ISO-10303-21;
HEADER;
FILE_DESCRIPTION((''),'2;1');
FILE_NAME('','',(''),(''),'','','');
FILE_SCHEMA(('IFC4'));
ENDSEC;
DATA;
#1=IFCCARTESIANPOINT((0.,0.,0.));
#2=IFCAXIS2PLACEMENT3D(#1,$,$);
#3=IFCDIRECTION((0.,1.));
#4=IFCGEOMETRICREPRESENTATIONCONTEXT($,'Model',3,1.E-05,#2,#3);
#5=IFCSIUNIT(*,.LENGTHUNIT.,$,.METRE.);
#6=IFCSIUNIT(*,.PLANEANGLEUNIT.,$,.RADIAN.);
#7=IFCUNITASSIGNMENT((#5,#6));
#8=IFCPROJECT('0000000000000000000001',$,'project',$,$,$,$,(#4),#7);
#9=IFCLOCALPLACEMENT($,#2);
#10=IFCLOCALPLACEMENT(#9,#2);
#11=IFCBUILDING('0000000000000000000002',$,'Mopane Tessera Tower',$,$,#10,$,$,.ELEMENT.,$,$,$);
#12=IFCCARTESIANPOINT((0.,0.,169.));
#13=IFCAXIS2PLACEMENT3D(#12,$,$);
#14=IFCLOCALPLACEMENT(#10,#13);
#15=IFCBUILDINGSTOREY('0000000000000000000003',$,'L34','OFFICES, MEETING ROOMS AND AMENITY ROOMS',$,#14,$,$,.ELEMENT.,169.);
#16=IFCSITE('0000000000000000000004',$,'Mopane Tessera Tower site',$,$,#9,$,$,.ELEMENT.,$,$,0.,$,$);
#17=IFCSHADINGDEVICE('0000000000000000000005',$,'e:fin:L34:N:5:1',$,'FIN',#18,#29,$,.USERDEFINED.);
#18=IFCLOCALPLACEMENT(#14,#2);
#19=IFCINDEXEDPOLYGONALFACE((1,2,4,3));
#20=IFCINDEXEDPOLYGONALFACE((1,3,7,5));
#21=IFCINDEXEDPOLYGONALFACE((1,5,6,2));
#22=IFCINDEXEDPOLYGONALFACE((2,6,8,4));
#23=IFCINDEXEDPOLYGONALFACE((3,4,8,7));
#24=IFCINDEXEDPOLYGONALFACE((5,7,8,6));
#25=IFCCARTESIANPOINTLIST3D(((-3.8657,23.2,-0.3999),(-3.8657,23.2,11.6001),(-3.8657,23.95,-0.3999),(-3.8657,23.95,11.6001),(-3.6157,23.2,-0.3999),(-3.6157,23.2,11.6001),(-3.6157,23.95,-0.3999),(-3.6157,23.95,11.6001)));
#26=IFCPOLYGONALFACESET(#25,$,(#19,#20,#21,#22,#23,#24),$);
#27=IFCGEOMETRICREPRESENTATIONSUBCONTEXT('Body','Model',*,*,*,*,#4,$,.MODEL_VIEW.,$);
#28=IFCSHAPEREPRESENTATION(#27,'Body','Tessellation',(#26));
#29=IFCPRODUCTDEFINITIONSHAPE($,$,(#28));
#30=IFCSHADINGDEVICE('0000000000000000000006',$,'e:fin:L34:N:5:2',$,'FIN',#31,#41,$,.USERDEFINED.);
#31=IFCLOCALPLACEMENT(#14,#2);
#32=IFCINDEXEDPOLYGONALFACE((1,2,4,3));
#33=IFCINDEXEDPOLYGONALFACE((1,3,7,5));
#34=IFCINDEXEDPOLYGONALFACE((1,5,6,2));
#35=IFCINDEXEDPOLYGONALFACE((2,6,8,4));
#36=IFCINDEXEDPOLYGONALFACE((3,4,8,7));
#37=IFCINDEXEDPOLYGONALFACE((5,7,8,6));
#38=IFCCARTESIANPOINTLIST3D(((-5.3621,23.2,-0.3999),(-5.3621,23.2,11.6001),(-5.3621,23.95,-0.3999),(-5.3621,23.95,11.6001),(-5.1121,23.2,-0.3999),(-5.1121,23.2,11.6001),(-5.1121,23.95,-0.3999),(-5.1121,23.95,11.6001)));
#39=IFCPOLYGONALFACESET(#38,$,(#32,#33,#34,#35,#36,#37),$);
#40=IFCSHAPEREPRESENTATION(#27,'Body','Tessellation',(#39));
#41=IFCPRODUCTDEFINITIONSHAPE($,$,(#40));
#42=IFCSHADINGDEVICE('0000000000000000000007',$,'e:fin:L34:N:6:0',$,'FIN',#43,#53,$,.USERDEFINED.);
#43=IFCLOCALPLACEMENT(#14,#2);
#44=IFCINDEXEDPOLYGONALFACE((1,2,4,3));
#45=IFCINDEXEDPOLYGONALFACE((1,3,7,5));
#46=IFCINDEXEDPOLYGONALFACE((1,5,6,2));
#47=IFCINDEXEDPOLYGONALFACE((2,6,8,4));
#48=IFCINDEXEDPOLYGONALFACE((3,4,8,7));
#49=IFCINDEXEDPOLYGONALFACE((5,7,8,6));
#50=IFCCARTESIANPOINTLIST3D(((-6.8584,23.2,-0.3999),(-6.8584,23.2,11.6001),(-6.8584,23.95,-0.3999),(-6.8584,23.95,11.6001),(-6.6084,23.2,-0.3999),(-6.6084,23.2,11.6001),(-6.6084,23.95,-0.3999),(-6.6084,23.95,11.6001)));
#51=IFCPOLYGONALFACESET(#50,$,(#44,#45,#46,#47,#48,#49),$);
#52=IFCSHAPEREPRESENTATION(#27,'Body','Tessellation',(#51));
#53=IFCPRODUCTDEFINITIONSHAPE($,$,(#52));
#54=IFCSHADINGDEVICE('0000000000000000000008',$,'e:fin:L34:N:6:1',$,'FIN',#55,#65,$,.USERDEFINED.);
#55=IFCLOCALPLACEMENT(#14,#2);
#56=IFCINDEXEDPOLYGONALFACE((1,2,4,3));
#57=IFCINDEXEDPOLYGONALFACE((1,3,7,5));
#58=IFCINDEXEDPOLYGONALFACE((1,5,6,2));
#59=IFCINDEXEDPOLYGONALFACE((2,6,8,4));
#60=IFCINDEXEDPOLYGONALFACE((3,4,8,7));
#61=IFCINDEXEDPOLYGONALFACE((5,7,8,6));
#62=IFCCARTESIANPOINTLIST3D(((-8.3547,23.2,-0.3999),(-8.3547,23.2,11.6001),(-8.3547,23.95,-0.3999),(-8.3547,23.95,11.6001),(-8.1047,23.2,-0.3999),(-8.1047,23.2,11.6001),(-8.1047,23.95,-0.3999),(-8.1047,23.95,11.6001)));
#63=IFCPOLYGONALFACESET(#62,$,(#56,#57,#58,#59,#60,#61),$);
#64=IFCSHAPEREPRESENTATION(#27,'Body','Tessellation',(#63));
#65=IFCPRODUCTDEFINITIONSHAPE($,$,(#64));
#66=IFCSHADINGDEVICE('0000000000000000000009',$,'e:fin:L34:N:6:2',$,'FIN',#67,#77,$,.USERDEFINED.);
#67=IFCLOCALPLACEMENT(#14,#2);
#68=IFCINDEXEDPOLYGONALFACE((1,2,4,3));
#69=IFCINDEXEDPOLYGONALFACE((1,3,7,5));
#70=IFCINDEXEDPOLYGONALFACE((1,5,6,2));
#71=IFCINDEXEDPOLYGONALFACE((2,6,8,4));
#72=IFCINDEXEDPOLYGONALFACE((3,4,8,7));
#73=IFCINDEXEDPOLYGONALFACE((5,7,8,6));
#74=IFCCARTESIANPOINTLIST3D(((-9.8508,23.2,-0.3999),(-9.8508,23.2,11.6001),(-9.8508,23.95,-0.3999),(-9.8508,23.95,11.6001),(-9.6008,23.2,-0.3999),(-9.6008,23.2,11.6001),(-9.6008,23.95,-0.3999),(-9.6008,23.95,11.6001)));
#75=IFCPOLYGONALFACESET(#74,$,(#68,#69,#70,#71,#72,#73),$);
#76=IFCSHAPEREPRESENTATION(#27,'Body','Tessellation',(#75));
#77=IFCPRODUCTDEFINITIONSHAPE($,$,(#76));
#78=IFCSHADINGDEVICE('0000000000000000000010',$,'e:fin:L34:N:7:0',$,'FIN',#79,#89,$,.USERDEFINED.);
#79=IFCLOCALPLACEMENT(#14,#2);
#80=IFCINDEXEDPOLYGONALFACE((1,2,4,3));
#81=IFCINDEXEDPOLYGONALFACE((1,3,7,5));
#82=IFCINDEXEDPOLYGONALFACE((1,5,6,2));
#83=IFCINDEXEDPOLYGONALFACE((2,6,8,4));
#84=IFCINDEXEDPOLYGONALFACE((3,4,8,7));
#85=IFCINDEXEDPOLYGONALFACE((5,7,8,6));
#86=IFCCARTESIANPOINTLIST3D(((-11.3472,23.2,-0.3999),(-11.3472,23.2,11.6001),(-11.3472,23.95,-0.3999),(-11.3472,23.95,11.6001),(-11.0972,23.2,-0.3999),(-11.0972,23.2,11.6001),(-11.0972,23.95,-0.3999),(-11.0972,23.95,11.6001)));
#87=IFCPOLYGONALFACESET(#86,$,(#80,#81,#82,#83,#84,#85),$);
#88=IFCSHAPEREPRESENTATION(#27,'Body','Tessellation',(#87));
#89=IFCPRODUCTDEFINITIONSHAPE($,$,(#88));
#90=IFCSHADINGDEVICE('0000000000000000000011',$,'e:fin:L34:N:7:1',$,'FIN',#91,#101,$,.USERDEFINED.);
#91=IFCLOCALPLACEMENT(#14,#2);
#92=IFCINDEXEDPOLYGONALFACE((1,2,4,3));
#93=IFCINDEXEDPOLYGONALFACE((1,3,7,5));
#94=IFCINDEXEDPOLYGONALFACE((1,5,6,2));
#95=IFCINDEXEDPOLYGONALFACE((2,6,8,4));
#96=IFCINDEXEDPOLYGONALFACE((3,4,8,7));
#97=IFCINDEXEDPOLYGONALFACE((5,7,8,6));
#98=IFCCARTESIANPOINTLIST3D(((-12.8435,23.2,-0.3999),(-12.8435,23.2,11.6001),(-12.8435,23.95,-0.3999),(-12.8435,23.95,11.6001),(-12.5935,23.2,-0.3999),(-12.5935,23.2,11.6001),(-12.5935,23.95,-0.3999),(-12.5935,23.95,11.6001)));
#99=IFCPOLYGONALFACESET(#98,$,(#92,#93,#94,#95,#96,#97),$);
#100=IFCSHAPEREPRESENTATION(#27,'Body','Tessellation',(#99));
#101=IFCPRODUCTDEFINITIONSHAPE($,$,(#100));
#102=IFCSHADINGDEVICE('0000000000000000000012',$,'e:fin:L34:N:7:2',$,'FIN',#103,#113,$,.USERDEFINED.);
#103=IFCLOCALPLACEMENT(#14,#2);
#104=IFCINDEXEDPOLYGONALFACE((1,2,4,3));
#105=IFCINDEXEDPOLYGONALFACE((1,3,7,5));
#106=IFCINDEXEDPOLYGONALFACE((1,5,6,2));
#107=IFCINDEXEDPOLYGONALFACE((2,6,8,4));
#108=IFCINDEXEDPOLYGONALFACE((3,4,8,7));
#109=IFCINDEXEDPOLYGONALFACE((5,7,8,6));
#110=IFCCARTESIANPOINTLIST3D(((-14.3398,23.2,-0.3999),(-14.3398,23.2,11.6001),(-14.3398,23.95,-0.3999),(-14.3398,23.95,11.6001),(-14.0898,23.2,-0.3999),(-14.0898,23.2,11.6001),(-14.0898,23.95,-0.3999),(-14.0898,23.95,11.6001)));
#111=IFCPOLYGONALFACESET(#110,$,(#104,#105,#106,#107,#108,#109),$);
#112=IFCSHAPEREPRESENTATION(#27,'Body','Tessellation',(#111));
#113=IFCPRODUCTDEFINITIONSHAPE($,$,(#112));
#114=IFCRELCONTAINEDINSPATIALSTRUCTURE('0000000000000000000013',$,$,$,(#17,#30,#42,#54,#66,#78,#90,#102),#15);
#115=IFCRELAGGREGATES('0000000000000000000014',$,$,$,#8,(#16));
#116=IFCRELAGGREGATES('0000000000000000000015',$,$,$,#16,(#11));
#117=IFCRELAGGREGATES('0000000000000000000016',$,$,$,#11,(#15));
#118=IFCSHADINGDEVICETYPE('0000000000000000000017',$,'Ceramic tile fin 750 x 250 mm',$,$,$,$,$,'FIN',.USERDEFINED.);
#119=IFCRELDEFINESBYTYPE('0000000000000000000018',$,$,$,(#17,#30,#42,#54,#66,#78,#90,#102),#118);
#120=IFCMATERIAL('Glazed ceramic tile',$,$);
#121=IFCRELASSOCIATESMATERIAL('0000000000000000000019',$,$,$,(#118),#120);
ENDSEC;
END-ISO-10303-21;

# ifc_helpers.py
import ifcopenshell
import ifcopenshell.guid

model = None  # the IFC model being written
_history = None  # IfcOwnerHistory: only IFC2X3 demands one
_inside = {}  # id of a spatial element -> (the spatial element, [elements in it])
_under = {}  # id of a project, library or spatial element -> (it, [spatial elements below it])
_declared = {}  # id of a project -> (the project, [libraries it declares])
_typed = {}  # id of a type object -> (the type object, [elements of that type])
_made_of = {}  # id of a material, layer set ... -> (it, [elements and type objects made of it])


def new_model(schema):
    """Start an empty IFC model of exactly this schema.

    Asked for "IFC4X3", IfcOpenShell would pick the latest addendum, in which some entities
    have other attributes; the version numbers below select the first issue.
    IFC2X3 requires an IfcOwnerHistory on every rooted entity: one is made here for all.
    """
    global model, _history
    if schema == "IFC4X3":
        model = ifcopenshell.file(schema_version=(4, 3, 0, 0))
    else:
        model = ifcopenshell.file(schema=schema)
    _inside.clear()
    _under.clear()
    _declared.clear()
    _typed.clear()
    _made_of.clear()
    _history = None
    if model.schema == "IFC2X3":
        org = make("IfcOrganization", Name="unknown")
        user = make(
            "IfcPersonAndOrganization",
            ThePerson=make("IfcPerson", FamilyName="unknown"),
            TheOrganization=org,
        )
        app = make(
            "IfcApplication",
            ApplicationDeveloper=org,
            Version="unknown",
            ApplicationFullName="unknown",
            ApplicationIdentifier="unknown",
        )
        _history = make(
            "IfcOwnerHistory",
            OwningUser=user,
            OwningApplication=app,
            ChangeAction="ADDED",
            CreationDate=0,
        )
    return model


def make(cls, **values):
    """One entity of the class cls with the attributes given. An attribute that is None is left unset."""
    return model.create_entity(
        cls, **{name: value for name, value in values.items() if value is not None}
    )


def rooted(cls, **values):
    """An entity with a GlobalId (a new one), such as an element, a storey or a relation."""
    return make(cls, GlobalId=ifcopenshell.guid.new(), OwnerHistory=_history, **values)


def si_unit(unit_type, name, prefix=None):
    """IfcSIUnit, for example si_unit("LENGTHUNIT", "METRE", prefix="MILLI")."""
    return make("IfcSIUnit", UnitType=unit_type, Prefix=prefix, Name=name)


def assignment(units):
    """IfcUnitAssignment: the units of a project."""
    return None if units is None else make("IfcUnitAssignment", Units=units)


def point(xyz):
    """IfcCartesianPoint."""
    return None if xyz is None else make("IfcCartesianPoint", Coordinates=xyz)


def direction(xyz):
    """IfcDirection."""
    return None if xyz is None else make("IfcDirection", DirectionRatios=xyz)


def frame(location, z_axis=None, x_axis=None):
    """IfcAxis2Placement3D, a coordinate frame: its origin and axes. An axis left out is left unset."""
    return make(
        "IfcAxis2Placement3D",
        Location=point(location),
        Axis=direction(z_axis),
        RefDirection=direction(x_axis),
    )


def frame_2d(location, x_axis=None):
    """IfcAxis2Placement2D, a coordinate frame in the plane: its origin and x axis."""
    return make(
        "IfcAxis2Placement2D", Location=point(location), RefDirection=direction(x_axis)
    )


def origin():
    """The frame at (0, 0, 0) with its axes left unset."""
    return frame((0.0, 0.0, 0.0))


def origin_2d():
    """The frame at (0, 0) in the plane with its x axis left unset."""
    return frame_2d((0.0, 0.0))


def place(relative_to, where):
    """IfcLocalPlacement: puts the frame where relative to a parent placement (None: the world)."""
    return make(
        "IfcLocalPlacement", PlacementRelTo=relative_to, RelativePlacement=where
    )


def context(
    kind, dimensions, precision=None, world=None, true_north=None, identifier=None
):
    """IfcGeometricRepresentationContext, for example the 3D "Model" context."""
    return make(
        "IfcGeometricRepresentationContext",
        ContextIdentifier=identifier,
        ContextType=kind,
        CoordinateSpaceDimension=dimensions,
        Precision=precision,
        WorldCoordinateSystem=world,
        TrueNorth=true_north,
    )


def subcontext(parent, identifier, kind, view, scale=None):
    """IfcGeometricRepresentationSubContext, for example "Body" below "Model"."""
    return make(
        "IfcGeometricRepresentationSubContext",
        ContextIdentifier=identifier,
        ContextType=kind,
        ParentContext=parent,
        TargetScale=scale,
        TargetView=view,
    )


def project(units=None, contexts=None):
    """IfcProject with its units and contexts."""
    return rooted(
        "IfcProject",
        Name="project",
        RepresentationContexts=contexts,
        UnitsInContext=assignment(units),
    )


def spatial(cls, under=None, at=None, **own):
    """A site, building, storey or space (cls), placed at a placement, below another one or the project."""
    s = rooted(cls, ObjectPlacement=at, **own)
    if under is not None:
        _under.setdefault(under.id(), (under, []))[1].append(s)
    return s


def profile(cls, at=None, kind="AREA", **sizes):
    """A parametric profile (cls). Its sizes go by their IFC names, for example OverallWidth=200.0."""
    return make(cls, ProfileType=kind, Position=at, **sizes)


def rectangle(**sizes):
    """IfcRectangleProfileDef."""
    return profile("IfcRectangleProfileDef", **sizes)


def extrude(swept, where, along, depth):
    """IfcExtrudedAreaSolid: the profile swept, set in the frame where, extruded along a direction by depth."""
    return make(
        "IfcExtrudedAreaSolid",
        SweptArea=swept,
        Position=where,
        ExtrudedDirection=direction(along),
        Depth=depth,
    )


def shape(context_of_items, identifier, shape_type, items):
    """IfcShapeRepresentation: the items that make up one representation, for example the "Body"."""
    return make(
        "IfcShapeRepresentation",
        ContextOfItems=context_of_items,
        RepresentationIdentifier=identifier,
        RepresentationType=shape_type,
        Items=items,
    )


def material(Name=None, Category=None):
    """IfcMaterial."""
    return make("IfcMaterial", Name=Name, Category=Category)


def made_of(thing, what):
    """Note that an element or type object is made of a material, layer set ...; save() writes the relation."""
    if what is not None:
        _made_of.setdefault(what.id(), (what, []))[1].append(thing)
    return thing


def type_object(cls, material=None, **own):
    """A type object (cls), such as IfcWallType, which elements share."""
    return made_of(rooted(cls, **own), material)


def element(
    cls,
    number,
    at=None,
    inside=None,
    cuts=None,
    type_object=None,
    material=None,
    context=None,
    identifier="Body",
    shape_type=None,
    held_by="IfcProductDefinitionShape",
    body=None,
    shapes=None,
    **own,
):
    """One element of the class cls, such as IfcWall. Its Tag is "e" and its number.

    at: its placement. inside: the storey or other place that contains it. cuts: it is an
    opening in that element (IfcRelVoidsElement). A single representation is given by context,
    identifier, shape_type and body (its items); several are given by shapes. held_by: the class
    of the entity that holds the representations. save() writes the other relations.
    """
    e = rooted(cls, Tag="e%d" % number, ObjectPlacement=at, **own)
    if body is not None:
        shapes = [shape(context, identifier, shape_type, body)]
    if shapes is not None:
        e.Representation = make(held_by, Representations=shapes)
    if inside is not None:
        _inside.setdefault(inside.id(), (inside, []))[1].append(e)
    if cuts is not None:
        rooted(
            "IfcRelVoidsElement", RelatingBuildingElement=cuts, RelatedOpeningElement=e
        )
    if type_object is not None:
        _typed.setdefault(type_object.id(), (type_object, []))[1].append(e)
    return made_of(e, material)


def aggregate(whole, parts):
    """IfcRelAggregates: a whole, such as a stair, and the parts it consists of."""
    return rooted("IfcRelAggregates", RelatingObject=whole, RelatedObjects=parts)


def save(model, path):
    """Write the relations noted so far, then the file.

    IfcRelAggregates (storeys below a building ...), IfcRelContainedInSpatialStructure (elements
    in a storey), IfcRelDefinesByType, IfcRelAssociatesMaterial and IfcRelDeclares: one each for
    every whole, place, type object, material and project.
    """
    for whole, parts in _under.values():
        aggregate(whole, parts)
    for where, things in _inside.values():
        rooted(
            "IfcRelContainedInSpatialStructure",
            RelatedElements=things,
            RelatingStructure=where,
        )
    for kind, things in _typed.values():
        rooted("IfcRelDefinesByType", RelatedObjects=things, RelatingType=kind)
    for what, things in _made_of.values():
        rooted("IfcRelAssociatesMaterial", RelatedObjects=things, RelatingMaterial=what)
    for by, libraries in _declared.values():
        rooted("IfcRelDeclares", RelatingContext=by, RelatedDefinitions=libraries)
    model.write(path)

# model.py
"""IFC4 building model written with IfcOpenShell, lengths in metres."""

from ifc_helpers import new_model, si_unit, direction, frame, origin, origin_2d, place, context, subcontext, project, spatial, rectangle, extrude, material, type_object, element, save


model = new_model("IFC4")

# Units and contexts
model_context = context("Model", 3, precision=1e-05, world=origin(), true_north=direction((0.0, 1.0)))
body_context = subcontext(model_context, "Body", "Model", "MODEL_VIEW")
ifc_project = project(units=[si_unit("LENGTHUNIT", "METRE"), si_unit("PLANEANGLEUNIT", "RADIAN")], contexts=[model_context])

# Site, building, storey
site_placement = place(None, origin())
site = spatial("IfcSite", under=ifc_project, at=site_placement, Name="Mopane Tessera Tower site", CompositionType="ELEMENT", RefElevation=0.0)
building_placement = place(site_placement, origin())
building = spatial("IfcBuilding", under=site, at=building_placement, Name="Mopane Tessera Tower", CompositionType="ELEMENT")
storey_placement = place(building_placement, frame((0.0, 0.0, 169.0)))
storey = spatial("IfcBuildingStorey", under=building, at=storey_placement, Name="L34", Description="OFFICES, MEETING ROOMS AND AMENITY ROOMS", CompositionType="ELEMENT", Elevation=169.0)

# Shading devices
ifc_material_1 = material(Name="Glazed ceramic tile")
shading_device_type = type_object("IfcShadingDeviceType", Name="Ceramic tile fin 750 x 250 mm", ElementType="FIN", PredefinedType="USERDEFINED", material=ifc_material_1)
for number, where, z_axis, x_axis, name in (
    (1, (-3.7407, 23.575, -0.3999), (0.0, 0.0, 1.0), (-1.0, 0.0, 0.0), "e:fin:L34:N:5:1"),
    (2, (-5.2371, 23.575, -0.3999), (0.0, 0.0, 1.0), (-1.0, 0.0, 0.0), "e:fin:L34:N:5:2"),
    (3, (-6.7334, 23.575, -0.3999), (0.0, 0.0, 1.0), (-1.0, 0.0, 0.0), "e:fin:L34:N:6:0"),
    (4, (-8.2297, 23.575, -0.3999), (0.0, 0.0, 1.0), (-1.0, 0.0, 0.0), "e:fin:L34:N:6:1"),
    (5, (-9.7258, 23.575, -0.3999), (0.0, 0.0, 1.0), (-1.0, 0.0, 0.0), "e:fin:L34:N:6:2"),
    (6, (-11.2222, 23.575, -0.3999), (0.0, 0.0, 1.0), (-1.0, 0.0, 0.0), "e:fin:L34:N:7:0"),
    (7, (-12.7185, 23.575, -0.3999), (0.0, 0.0, 1.0), (-1.0, 0.0, 0.0), "e:fin:L34:N:7:1"),
    (8, (-14.2148, 23.575, -0.3999), (0.0, 0.0, 1.0), (-1.0, 0.0, 0.0), "e:fin:L34:N:7:2"),
):
    element("IfcShadingDevice", number, at=place(storey_placement, frame(where, z_axis=z_axis, x_axis=x_axis)), inside=storey, type_object=shading_device_type, Name=name, ObjectType="FIN", PredefinedType="USERDEFINED", context=body_context, shape_type="SweptSolid", body=[
        extrude(rectangle(XDim=0.25, YDim=0.75, at=origin_2d()), origin(), (0.0, 0.0, 1.0), 12.0),
    ])

save(model, "model.ifc")
